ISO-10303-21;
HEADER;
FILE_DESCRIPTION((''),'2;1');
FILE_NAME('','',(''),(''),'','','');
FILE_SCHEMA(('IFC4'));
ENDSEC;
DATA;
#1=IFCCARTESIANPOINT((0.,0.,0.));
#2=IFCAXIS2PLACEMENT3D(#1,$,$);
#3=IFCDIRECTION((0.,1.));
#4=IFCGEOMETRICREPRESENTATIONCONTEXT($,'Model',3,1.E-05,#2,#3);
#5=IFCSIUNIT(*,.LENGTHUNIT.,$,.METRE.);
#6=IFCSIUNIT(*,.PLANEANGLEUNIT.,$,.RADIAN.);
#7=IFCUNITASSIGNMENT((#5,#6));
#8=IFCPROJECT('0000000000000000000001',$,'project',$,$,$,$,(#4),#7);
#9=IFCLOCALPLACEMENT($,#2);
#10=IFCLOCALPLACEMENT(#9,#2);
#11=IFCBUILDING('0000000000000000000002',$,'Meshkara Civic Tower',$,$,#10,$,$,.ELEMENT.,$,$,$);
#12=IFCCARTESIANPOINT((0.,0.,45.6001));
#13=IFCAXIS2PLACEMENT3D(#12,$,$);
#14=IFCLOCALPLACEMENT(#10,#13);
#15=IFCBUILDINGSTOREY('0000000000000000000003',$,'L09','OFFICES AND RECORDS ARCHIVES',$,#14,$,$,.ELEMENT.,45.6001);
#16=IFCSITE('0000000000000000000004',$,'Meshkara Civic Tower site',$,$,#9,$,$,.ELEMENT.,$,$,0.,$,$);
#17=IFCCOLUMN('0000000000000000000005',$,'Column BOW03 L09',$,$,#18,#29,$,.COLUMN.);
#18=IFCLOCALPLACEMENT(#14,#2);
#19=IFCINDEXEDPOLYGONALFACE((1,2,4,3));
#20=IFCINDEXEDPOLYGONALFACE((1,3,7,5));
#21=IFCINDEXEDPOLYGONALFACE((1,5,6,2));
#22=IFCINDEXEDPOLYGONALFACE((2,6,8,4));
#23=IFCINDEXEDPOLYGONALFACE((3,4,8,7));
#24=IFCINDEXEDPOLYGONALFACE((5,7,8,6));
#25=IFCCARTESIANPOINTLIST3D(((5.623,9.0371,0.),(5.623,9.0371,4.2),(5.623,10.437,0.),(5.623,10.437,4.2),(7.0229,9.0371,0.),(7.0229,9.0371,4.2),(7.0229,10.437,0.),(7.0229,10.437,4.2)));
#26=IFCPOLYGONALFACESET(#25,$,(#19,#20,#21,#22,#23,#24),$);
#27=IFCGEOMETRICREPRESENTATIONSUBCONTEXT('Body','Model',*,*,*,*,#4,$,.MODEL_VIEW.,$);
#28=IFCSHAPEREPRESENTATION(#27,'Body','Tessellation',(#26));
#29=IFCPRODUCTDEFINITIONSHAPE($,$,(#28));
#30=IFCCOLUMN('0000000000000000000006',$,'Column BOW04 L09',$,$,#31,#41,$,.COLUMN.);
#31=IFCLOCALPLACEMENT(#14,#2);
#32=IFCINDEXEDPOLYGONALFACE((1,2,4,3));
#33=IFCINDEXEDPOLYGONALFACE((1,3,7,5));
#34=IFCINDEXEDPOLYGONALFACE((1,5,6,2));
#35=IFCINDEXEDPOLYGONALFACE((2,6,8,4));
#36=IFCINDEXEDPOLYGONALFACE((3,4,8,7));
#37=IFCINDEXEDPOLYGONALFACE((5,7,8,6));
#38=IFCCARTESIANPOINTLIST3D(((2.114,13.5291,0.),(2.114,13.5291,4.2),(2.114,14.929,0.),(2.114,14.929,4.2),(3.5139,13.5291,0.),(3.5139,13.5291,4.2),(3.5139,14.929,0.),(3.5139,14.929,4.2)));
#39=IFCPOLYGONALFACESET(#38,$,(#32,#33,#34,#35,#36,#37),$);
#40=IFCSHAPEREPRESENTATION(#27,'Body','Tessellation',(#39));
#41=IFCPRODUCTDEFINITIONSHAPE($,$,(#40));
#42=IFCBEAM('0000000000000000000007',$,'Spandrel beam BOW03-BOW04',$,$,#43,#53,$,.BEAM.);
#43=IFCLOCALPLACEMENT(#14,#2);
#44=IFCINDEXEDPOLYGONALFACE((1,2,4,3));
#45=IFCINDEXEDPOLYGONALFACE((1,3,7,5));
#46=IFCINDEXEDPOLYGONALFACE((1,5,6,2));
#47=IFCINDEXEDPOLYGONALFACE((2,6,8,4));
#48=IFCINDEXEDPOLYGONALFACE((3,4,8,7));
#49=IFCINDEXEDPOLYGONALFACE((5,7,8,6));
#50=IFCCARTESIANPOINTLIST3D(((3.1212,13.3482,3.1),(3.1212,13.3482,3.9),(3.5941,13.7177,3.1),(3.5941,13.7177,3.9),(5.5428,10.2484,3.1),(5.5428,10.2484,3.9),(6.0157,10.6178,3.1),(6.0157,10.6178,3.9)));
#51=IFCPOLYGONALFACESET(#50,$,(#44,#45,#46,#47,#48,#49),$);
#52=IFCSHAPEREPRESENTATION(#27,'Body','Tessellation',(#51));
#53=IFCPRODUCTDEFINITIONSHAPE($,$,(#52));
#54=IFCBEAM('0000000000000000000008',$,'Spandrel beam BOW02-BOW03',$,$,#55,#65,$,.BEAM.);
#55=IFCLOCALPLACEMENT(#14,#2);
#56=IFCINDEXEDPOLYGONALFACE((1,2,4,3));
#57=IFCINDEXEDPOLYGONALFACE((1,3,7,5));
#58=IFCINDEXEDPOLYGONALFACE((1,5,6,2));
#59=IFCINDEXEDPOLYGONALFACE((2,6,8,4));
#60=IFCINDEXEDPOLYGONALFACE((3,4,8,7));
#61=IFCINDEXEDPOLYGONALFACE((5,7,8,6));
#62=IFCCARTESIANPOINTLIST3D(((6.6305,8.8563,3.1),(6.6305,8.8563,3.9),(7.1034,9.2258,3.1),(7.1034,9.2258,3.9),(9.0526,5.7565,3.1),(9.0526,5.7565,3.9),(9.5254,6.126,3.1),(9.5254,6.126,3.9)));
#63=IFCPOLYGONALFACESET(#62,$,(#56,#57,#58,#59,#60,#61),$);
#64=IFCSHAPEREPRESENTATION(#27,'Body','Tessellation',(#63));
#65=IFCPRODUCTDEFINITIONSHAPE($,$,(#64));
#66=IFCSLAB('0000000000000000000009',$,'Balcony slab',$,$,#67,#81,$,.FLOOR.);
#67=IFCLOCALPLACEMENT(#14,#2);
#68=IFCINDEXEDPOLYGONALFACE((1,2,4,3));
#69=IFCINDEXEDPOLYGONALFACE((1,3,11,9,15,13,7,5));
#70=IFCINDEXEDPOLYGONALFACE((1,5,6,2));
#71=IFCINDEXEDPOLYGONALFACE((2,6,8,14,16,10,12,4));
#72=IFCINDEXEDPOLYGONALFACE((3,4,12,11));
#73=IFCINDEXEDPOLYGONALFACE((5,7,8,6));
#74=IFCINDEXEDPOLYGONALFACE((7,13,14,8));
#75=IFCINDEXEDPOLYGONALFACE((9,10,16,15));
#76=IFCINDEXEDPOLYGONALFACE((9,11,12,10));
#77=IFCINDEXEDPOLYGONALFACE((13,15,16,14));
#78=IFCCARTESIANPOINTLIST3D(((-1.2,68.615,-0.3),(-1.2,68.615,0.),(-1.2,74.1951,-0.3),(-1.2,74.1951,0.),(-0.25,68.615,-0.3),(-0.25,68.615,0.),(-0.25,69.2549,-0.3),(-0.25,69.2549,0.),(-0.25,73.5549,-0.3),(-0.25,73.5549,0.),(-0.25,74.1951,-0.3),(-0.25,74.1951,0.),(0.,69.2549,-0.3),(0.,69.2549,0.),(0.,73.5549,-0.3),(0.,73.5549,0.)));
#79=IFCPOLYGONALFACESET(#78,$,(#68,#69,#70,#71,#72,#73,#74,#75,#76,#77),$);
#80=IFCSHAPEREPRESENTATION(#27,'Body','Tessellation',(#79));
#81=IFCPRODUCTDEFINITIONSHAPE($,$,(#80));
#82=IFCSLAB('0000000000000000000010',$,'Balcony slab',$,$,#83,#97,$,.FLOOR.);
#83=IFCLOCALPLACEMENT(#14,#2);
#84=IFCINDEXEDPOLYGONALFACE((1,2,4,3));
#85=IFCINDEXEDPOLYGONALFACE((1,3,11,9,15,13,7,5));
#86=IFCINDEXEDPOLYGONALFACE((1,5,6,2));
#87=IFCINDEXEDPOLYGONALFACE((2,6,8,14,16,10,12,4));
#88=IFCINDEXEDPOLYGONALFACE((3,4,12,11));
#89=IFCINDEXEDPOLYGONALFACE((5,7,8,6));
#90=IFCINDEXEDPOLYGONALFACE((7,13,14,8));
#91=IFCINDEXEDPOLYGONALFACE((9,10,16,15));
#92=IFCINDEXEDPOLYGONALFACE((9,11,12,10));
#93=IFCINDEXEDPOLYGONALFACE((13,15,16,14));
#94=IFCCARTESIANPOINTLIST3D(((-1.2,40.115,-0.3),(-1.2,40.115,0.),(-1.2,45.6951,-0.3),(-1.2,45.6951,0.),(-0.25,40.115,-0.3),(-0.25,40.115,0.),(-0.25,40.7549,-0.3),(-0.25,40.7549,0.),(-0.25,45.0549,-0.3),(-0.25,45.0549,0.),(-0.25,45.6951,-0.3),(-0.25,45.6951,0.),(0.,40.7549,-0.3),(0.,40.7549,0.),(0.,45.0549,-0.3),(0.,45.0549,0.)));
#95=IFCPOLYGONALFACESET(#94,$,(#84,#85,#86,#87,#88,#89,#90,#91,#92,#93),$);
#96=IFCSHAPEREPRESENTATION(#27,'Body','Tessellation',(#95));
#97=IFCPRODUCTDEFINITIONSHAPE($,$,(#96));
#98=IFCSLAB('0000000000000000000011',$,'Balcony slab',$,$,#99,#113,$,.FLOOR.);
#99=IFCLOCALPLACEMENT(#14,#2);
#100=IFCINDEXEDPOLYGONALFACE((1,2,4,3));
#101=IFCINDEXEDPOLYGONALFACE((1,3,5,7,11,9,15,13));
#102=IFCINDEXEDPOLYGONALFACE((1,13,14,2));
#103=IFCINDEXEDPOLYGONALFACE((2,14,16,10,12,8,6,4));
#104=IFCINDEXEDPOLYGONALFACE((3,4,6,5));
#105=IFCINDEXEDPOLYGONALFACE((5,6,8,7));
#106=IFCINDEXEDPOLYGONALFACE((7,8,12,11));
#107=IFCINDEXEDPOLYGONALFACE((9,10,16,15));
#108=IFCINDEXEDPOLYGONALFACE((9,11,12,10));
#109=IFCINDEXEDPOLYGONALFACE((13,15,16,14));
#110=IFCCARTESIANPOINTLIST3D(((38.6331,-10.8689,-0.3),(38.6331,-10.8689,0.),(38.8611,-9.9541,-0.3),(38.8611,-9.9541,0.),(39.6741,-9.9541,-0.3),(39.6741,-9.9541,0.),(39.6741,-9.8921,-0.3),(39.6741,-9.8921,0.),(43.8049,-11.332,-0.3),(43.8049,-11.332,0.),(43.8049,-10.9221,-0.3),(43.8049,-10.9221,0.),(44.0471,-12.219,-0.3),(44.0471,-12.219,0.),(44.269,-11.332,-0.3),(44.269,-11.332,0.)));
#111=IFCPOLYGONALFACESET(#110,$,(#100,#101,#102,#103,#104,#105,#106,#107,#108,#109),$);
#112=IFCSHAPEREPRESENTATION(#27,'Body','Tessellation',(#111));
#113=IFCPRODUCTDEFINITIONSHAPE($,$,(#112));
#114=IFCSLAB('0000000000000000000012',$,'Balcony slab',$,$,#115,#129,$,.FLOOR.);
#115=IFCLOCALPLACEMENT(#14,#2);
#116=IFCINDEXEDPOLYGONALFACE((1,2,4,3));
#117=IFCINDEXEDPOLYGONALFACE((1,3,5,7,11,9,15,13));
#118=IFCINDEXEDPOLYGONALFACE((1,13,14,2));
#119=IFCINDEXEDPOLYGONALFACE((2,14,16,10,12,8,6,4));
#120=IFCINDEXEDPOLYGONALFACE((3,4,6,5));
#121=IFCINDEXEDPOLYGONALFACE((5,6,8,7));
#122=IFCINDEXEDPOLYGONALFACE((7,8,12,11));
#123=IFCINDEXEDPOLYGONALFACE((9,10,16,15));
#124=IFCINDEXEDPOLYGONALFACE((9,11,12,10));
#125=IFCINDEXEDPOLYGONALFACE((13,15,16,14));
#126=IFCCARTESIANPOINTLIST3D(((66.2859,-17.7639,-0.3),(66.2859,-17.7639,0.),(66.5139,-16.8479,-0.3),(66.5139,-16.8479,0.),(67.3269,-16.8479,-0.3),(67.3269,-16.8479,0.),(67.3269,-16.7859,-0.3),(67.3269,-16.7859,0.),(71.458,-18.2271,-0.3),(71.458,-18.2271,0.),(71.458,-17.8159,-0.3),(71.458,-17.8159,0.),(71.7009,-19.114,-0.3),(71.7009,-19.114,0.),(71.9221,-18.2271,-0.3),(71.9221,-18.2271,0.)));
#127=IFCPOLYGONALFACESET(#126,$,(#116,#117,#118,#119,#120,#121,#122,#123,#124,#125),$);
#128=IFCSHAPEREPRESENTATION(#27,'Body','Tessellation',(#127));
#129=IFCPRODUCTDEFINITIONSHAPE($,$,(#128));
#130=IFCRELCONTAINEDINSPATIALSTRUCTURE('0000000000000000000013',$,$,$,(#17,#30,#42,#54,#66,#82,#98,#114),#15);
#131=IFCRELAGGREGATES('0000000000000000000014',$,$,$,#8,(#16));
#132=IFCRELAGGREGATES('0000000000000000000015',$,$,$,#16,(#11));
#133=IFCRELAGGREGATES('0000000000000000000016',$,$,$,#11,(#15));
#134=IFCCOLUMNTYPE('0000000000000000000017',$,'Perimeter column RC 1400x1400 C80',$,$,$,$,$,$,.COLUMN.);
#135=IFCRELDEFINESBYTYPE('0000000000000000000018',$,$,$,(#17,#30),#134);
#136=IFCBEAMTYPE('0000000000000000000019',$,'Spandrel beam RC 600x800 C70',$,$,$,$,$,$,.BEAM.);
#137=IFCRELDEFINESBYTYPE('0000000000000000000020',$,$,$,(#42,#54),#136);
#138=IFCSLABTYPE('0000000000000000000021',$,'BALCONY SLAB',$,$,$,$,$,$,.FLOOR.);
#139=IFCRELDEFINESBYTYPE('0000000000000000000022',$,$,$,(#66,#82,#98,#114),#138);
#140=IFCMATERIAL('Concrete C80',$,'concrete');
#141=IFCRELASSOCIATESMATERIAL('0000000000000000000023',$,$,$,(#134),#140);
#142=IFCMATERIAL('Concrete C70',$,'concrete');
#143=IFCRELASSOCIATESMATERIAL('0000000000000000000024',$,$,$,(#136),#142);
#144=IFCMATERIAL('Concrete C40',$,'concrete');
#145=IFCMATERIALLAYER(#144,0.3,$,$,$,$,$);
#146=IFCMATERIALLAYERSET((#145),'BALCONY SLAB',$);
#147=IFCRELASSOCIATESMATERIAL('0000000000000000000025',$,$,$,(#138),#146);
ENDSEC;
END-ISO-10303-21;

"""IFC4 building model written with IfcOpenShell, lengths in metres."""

from ifc_helpers import new_model, si_unit, direction, frame, origin, origin_2d, place, context, subcontext, project, spatial, polyline, rectangle, outline, extrude, material, layer, layer_set, material_profile, profile_set, type_object, element, save


model = new_model("IFC4")

# Units and contexts
model_context = context("Model", 3, precision=1e-05, world=origin(), true_north=direction((0.0, 1.0)))
body_context = subcontext(model_context, "Body", "Model", "MODEL_VIEW")
ifc_project = project(units=[si_unit("LENGTHUNIT", "METRE"), si_unit("PLANEANGLEUNIT", "RADIAN")], contexts=[model_context])

# Site, building, storey
site_placement = place(None, origin())
site = spatial("IfcSite", under=ifc_project, at=site_placement, Name="Meshkara Civic Tower site", CompositionType="ELEMENT", RefElevation=0.0)
building_placement = place(site_placement, origin())
building = spatial("IfcBuilding", under=site, at=building_placement, Name="Meshkara Civic Tower", CompositionType="ELEMENT")
storey_placement = place(building_placement, frame((0.0, 0.0, 45.6001)))
storey = spatial("IfcBuildingStorey", under=building, at=storey_placement, Name="L09", Description="OFFICES AND RECORDS ARCHIVES", CompositionType="ELEMENT", Elevation=45.6001)

# Columns
ifc_material_1 = material(Name="Concrete C80", Category="concrete")
ifc_material_profile_1 = material_profile(ifc_material_1, rectangle(XDim=1.3999, YDim=1.3999, at=origin_2d()))
ifc_profile_set_1 = profile_set([ifc_material_profile_1], Name="Concrete C80")
column_type = type_object("IfcColumnType", Name="Perimeter column RC 1400x1400 C80", PredefinedType="COLUMN", material=ifc_profile_set_1)
for number, where, z_axis, x_axis, name in (
    (1, (6.323, 9.7371, 0.0), (0.0, 0.0, 1.0), (1.0, 0.0, 0.0), "Column BOW03 L09"),
    (2, (2.814, 14.229, 0.0), (0.0, 0.0, 1.0), (1.0, 0.0, 0.0), "Column BOW04 L09"),
):
    element("IfcColumn", number, at=place(storey_placement, frame(where, z_axis=z_axis, x_axis=x_axis)), inside=storey, type_object=column_type, Name=name, PredefinedType="COLUMN", context=body_context, shape_type="SweptSolid", body=[
        extrude(rectangle(XDim=1.3999, YDim=1.3999, at=origin_2d()), origin(), (0.0, 0.0, 1.0), 4.2),
    ])

# Beams
ifc_material_2 = material(Name="Concrete C70", Category="concrete")
ifc_material_profile_2 = material_profile(ifc_material_2, rectangle(XDim=0.6001, YDim=0.8, at=origin_2d()))
ifc_profile_set_2 = profile_set([ifc_material_profile_2], Name="Concrete C70")
beam_type = type_object("IfcBeamType", Name="Spandrel beam RC 600x800 C70", PredefinedType="BEAM", material=ifc_profile_set_2)
beam_1_placement = place(storey_placement, frame((3.3577, 13.533, 3.5), z_axis=(0.615624, -0.78804, 0.0), x_axis=(0.78804, 0.615624, 0.0)))
element("IfcBeam", 3, at=beam_1_placement, inside=storey, type_object=beam_type, Name="Spandrel beam BOW03-BOW04", PredefinedType="BEAM", context=body_context, shape_type="SweptSolid", body=[
    extrude(rectangle(XDim=0.6001, YDim=0.8, at=origin_2d()), origin(), (0.0, 0.0, 1.0), 3.9336),
])
beam_2_placement = place(storey_placement, frame((6.8669, 9.041, 3.5), z_axis=(0.615701, -0.78798, 0.0), x_axis=(0.78798, 0.615701, 0.0)))
element("IfcBeam", 4, at=beam_2_placement, inside=storey, type_object=beam_type, Name="Spandrel beam BOW02-BOW03", PredefinedType="BEAM", context=body_context, shape_type="SweptSolid", body=[
    extrude(rectangle(XDim=0.6001, YDim=0.8, at=origin_2d()), origin(), (0.0, 0.0, 1.0), 3.9338),
])

# Slabs
ifc_material_3 = material(Name="Concrete C40", Category="concrete")
ifc_layer_1 = layer(ifc_material_3, 0.3)
ifc_layer_set_1 = layer_set([ifc_layer_1], Name="BALCONY SLAB")
slab_type_1 = type_object("IfcSlabType", Name="BALCONY SLAB", PredefinedType="FLOOR", material=ifc_layer_set_1)
slab_1_placement = place(storey_placement, frame((0.0, 0.0, -0.3)))
element("IfcSlab", 5, at=slab_1_placement, inside=storey, type_object=slab_type_1, Name="Balcony slab", PredefinedType="FLOOR", context=body_context, shape_type="SweptSolid", body=[
    extrude(outline(polyline([(-1.2, 68.615), (-1.2, 74.1951), (-0.25, 74.1951), (-0.25, 73.5549), (0.0, 73.5549), (0.0, 69.2549), (-0.25, 69.2549), (-0.25, 68.615), (-1.2, 68.615)])), origin(), (0.0, 0.0, 1.0), 0.3),
])
slab_2_placement = place(storey_placement, frame((0.0, 0.0, -0.3)))
element("IfcSlab", 6, at=slab_2_placement, inside=storey, type_object=slab_type_1, Name="Balcony slab", PredefinedType="FLOOR", context=body_context, shape_type="SweptSolid", body=[
    extrude(outline(polyline([(-1.2, 40.115), (-1.2, 45.6951), (-0.25, 45.6951), (-0.25, 45.0549), (0.0, 45.0549), (0.0, 40.7549), (-0.25, 40.7549), (-0.25, 40.115), (-1.2, 40.115)])), origin(), (0.0, 0.0, 1.0), 0.3),
])
slab_3_placement = place(storey_placement, frame((0.0, 0.0, -0.3)))
element("IfcSlab", 7, at=slab_3_placement, inside=storey, type_object=slab_type_1, Name="Balcony slab", PredefinedType="FLOOR", context=body_context, shape_type="SweptSolid", body=[
    extrude(outline(polyline([(44.0471, -12.219), (38.6331, -10.8689), (38.8611, -9.9541), (39.6741, -9.9541), (39.6741, -9.8921), (43.8049, -10.9221), (43.8049, -11.332), (44.269, -11.332), (44.0471, -12.219)])), origin(), (0.0, 0.0, 1.0), 0.3),
])
slab_4_placement = place(storey_placement, frame((0.0, 0.0, -0.3)))
element("IfcSlab", 8, at=slab_4_placement, inside=storey, type_object=slab_type_1, Name="Balcony slab", PredefinedType="FLOOR", context=body_context, shape_type="SweptSolid", body=[
    extrude(outline(polyline([(71.7009, -19.114), (66.2859, -17.7639), (66.5139, -16.8479), (67.3269, -16.8479), (67.3269, -16.7859), (71.458, -17.8159), (71.458, -18.2271), (71.9221, -18.2271), (71.7009, -19.114)])), origin(), (0.0, 0.0, 1.0), 0.3),
])

save(model, "model.ifc")
